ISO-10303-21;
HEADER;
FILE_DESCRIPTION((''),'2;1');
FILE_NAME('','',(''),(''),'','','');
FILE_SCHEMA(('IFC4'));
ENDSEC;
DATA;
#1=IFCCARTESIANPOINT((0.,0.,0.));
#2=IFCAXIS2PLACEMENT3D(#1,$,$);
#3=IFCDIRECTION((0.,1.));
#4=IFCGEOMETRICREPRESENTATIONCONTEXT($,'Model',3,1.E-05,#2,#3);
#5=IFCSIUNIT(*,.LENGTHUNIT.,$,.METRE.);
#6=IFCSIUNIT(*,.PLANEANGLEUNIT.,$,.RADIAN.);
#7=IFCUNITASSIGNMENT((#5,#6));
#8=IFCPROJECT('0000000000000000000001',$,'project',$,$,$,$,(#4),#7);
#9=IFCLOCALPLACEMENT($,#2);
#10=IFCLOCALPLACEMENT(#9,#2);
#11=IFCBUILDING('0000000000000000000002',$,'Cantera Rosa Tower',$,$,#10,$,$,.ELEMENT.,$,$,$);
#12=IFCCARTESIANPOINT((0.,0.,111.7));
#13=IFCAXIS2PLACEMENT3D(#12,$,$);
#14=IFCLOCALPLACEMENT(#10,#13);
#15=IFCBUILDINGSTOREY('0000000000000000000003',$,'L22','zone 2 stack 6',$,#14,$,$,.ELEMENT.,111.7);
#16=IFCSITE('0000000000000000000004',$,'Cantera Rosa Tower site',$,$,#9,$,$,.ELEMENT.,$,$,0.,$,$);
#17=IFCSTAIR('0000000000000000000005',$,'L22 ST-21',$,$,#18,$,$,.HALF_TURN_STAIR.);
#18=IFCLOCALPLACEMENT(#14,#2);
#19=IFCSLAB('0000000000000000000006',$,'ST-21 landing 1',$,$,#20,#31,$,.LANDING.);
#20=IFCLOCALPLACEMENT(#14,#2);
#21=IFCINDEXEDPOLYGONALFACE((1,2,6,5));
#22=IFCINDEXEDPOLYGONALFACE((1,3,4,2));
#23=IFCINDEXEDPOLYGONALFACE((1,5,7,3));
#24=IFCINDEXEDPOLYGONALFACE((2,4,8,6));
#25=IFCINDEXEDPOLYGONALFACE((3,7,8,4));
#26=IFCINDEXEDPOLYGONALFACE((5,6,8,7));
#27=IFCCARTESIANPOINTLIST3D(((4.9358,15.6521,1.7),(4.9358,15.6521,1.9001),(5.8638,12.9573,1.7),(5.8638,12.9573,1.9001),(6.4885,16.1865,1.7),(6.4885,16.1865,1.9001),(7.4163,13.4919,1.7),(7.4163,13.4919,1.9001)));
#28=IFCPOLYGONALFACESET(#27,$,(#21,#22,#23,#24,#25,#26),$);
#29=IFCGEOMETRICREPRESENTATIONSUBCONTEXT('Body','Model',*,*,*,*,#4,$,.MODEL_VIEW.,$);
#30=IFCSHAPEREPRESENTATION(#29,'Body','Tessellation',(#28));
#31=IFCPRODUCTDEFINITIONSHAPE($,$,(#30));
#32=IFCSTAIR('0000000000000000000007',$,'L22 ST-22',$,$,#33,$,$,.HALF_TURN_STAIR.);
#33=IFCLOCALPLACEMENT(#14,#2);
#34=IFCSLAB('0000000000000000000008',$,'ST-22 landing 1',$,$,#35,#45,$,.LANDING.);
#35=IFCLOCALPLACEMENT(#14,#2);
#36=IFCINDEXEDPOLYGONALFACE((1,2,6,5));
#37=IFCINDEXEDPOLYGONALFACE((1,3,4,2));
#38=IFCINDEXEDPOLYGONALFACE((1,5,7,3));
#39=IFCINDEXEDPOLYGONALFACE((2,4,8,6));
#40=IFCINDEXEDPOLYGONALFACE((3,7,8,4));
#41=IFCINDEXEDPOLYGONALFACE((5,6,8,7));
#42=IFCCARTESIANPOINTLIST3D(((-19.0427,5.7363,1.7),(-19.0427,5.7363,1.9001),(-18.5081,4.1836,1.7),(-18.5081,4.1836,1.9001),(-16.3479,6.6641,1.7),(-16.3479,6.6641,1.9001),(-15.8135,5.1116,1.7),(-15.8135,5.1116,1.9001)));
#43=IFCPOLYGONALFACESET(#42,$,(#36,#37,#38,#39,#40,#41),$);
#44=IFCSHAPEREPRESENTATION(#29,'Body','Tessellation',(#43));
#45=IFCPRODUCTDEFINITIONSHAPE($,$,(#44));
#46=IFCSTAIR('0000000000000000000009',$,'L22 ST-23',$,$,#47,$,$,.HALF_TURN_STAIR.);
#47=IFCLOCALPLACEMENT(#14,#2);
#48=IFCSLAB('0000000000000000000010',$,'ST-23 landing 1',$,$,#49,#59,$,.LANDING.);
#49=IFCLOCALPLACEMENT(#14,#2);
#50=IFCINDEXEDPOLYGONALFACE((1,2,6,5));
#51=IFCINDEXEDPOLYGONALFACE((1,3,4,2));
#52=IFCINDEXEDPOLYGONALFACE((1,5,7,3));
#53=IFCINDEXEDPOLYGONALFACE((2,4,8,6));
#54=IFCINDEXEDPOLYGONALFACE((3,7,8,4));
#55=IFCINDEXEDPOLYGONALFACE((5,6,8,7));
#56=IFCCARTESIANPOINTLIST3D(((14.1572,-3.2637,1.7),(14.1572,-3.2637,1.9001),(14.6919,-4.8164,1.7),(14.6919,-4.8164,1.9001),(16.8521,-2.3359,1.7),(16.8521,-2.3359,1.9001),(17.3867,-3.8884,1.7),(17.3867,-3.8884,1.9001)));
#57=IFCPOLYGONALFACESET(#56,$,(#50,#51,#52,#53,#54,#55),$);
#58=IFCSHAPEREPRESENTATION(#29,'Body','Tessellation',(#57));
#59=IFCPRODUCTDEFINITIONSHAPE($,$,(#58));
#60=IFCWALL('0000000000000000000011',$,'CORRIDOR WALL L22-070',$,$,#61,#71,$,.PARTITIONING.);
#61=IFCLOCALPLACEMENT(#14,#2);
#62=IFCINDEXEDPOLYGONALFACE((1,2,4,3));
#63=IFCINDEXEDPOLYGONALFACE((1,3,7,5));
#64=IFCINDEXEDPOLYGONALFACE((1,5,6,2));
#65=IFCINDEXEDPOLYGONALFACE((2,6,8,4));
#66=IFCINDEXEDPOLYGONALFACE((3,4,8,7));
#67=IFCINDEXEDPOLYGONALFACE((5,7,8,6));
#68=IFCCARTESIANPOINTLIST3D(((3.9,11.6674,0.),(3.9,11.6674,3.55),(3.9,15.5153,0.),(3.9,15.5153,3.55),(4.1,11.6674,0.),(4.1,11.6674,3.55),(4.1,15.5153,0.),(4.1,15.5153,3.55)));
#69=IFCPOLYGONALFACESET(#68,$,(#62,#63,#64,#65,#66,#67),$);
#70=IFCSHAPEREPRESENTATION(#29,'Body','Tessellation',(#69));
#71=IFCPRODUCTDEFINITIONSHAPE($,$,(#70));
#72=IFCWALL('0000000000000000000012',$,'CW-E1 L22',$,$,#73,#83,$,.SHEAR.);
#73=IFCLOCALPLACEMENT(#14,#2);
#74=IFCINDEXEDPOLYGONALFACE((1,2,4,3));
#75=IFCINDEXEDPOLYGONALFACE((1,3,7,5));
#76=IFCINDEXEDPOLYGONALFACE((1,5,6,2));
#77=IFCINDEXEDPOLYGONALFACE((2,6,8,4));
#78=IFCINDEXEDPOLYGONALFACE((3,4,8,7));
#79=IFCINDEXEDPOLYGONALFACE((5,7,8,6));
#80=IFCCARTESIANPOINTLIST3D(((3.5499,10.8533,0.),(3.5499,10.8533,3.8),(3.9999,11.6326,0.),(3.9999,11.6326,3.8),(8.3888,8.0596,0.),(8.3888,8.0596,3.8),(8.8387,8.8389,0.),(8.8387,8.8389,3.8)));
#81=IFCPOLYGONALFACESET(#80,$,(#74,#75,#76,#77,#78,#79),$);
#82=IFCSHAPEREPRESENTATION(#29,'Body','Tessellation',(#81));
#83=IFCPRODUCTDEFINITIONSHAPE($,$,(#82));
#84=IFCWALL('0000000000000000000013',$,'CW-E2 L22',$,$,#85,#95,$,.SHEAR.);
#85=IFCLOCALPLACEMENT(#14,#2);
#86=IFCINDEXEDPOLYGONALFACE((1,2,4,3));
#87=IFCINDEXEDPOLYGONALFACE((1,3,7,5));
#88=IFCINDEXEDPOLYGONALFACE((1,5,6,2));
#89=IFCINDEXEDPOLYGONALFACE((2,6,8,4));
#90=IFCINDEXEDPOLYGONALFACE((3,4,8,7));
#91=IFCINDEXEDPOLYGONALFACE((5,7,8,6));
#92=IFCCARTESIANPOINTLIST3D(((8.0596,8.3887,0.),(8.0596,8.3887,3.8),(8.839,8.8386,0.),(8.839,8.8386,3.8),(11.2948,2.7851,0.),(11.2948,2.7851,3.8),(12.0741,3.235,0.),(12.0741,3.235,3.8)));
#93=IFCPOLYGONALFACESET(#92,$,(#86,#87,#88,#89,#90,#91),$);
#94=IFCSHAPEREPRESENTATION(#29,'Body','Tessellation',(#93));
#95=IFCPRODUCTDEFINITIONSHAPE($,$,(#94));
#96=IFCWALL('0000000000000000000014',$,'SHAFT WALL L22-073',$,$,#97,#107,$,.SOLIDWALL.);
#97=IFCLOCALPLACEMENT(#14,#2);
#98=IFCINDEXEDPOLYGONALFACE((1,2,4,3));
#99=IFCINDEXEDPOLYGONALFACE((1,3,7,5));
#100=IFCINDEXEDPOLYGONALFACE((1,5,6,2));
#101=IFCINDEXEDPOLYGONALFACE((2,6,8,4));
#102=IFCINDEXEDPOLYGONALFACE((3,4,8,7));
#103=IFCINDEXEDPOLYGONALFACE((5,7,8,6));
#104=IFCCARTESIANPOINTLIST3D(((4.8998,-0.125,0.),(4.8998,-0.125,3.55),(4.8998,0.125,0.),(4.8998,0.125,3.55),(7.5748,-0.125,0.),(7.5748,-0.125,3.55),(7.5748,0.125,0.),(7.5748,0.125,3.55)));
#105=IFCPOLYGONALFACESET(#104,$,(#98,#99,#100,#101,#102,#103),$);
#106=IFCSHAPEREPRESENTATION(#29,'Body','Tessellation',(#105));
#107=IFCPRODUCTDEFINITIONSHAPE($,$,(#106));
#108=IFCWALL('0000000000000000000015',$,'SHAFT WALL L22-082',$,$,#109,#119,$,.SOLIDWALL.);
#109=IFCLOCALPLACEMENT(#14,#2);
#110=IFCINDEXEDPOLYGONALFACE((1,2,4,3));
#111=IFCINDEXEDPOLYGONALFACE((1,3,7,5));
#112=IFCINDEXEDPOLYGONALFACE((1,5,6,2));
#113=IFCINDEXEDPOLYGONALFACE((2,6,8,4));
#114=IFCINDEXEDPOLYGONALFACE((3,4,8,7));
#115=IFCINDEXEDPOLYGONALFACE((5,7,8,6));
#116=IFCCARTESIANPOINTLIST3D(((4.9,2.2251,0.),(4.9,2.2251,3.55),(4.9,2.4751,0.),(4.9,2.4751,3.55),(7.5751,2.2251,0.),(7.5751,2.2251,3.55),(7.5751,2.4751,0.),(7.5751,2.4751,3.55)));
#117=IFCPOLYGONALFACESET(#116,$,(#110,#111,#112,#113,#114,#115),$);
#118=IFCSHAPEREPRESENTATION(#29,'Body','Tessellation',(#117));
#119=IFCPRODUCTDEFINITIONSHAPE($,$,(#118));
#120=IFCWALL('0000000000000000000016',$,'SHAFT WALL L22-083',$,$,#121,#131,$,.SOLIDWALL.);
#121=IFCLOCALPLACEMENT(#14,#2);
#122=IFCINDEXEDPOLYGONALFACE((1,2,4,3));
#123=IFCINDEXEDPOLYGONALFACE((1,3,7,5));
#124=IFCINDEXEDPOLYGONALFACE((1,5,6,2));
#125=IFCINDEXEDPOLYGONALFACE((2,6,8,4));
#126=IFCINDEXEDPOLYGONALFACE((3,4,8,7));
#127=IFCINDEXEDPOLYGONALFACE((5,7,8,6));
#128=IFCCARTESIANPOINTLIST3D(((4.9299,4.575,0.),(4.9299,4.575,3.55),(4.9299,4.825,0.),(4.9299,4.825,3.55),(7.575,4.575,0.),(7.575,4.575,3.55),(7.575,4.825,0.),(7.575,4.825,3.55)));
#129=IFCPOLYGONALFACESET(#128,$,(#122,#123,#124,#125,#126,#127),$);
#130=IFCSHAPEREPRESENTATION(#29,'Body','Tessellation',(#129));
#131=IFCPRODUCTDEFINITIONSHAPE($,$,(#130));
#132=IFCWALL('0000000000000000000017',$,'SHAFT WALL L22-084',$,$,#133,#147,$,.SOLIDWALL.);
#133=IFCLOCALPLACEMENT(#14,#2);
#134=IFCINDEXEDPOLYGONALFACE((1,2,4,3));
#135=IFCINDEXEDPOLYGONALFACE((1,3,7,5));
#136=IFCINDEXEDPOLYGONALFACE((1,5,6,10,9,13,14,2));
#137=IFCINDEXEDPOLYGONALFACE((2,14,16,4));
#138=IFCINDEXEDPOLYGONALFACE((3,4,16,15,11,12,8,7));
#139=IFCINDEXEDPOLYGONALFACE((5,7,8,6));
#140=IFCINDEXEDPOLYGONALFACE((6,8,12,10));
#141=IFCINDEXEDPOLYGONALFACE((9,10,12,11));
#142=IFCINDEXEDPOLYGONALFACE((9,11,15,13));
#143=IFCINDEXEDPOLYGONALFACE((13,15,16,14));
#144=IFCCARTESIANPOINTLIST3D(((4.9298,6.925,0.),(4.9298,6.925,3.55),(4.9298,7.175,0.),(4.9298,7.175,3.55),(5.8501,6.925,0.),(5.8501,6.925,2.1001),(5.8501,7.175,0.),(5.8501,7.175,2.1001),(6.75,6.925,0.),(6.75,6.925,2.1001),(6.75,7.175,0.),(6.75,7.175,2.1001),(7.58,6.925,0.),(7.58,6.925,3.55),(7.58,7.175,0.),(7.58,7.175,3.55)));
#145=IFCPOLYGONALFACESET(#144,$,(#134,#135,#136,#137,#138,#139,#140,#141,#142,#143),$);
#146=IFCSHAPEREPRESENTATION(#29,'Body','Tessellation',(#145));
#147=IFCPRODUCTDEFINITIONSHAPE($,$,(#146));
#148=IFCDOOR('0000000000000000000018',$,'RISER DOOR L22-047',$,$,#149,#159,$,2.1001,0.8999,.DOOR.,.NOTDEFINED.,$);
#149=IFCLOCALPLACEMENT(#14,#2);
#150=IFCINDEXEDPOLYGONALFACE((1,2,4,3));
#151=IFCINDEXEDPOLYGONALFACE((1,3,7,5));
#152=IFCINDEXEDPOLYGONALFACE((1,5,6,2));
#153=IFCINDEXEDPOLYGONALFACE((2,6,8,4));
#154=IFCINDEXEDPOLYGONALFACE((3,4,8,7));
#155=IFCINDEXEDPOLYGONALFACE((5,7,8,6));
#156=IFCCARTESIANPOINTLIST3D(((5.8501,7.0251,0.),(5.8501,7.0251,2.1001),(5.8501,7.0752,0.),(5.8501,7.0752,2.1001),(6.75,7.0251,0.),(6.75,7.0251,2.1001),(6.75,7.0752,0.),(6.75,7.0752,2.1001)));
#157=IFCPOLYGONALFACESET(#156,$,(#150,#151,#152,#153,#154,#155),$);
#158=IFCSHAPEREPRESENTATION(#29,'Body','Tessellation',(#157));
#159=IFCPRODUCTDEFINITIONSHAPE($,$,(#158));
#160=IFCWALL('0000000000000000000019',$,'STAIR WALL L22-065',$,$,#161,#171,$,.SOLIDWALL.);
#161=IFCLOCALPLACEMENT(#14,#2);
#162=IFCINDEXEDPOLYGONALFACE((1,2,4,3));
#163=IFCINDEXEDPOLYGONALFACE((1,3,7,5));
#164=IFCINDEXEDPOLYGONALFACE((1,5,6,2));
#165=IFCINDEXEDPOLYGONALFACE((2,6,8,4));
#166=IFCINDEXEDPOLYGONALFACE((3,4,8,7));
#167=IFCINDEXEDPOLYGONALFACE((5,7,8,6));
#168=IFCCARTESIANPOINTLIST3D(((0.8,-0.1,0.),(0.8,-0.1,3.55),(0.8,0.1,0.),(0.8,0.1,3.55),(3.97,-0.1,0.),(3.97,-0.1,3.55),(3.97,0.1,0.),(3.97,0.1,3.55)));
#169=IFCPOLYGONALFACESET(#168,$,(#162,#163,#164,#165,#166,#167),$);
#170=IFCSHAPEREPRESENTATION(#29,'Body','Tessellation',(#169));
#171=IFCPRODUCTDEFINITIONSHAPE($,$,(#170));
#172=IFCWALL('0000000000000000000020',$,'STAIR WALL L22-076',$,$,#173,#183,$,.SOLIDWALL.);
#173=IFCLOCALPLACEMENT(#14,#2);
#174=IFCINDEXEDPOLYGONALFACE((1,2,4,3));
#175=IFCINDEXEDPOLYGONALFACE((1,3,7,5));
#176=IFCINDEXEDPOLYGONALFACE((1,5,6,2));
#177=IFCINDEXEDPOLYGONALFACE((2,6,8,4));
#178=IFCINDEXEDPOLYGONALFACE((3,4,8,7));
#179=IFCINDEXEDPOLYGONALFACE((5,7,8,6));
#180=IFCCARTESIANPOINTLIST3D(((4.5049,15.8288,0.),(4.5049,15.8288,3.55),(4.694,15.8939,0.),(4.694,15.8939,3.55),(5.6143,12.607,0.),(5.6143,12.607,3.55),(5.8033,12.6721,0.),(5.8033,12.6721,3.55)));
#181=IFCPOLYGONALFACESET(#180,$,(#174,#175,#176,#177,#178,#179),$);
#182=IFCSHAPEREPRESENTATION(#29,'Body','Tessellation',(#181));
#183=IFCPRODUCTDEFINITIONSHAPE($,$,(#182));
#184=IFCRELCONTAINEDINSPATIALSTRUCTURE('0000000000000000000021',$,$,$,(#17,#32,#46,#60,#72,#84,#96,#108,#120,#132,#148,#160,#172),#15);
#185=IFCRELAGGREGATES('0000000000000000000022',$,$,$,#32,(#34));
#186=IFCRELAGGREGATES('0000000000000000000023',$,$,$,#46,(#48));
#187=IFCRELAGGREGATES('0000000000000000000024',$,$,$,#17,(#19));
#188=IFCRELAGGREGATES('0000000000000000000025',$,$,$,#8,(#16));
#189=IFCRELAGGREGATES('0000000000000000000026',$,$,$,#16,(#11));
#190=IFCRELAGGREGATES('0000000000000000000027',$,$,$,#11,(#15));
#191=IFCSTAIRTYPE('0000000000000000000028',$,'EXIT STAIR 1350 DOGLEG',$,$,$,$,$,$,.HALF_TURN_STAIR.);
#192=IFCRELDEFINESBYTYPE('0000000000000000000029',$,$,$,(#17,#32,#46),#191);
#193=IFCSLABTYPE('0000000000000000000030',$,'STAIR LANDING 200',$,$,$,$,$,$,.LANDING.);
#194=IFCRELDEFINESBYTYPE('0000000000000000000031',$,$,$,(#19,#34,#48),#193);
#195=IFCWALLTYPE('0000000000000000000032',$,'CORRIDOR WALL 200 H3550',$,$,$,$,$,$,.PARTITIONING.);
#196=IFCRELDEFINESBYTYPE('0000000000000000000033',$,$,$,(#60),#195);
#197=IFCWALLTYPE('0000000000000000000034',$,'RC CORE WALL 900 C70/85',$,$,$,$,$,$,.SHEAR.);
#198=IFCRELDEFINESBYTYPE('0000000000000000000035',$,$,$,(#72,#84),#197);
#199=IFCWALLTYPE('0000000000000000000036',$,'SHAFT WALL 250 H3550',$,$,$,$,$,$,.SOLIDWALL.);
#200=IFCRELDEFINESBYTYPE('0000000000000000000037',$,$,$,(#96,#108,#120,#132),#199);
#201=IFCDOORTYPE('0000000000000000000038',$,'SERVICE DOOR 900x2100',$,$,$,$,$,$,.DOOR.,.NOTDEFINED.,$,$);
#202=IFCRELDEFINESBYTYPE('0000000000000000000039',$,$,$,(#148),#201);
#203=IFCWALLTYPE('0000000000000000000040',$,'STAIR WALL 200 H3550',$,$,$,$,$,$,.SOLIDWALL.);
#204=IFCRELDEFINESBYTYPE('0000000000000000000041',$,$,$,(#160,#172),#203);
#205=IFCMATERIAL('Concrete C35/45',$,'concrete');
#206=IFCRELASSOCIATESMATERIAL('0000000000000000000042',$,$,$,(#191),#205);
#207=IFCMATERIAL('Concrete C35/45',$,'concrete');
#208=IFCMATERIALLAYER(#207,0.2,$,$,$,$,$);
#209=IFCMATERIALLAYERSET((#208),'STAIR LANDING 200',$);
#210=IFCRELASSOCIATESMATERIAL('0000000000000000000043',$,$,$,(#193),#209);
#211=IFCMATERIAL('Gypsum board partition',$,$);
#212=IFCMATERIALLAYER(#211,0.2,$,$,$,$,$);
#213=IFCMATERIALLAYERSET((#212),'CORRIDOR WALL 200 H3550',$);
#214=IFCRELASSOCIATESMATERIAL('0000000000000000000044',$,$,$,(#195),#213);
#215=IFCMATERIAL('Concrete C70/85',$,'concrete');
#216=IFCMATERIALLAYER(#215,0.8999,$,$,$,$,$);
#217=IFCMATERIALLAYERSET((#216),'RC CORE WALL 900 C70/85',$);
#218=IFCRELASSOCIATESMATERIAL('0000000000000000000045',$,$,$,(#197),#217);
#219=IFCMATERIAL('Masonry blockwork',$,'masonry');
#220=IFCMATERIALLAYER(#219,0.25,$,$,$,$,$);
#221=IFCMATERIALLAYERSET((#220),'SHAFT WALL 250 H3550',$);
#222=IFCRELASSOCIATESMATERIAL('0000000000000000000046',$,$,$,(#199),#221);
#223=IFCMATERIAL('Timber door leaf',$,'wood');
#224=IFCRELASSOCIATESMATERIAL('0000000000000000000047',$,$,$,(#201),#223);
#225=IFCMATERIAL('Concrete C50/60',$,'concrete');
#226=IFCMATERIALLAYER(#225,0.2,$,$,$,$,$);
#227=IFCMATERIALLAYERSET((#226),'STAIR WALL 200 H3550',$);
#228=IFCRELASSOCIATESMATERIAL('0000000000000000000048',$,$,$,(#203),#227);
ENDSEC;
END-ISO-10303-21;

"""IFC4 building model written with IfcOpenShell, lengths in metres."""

from ifc_helpers import new_model, si_unit, direction, frame, frame_2d, origin, place, context, subcontext, project, spatial, polyline, rectangle, outline, extrude, material, layer, layer_set, type_object, element, fill, aggregate, save


model = new_model("IFC4")

# Units and contexts
model_context = context("Model", 3, precision=1e-05, world=origin(), true_north=direction((0.0, 1.0)))
body_context = subcontext(model_context, "Body", "Model", "MODEL_VIEW")
ifc_project = project(units=[si_unit("LENGTHUNIT", "METRE"), si_unit("PLANEANGLEUNIT", "RADIAN")], contexts=[model_context])

# Site, building, storey
site_placement = place(None, origin())
site = spatial("IfcSite", under=ifc_project, at=site_placement, Name="Cantera Rosa Tower site", CompositionType="ELEMENT", RefElevation=0.0)
building_placement = place(site_placement, origin())
building = spatial("IfcBuilding", under=site, at=building_placement, Name="Cantera Rosa Tower", CompositionType="ELEMENT")
storey_placement = place(building_placement, frame((0.0, 0.0, 111.7)))
storey = spatial("IfcBuildingStorey", under=building, at=storey_placement, Name="L22", Description="zone 2 stack 6", CompositionType="ELEMENT", Elevation=111.7)

# Stairs, slabs
ifc_material_1 = material(Name="Concrete C35/45", Category="concrete")
stair_type = type_object("IfcStairType", Name="EXIT STAIR 1350 DOGLEG", PredefinedType="HALF_TURN_STAIR", material=ifc_material_1)
stair_1_placement = place(storey_placement, origin())
stair_1 = element("IfcStair", 1, at=stair_1_placement, inside=storey, type_object=stair_type, Name="L22 ST-21", PredefinedType="HALF_TURN_STAIR")
ifc_material_2 = material(Name="Concrete C35/45", Category="concrete")
ifc_layer_1 = layer(ifc_material_2, 0.2)
ifc_layer_set_1 = layer_set([ifc_layer_1], Name="STAIR LANDING 200")
slab_type = type_object("IfcSlabType", Name="STAIR LANDING 200", PredefinedType="LANDING", material=ifc_layer_set_1)
slab_1_placement = place(storey_placement, frame((0.0, 0.0, 1.7)))
slab_1 = element("IfcSlab", 2, at=slab_1_placement, type_object=slab_type, Name="ST-21 landing 1", PredefinedType="LANDING", context=body_context, shape_type="SweptSolid", body=[
    extrude(outline(polyline([(6.4885, 16.1865), (4.9358, 15.6521), (5.8638, 12.9573), (7.4163, 13.4919), (6.4885, 16.1865)])), origin(), (0.0, 0.0, 1.0), 0.2002),
])
stair_2_placement = place(storey_placement, origin())
stair_2 = element("IfcStair", 3, at=stair_2_placement, inside=storey, type_object=stair_type, Name="L22 ST-22", PredefinedType="HALF_TURN_STAIR")
slab_2_placement = place(storey_placement, frame((0.0, 0.0, 1.7)))
slab_2 = element("IfcSlab", 4, at=slab_2_placement, type_object=slab_type, Name="ST-22 landing 1", PredefinedType="LANDING", context=body_context, shape_type="SweptSolid", body=[
    extrude(outline(polyline([(-15.8135, 5.1116), (-16.3479, 6.6641), (-19.0427, 5.7363), (-18.5081, 4.1836), (-15.8135, 5.1116)])), origin(), (0.0, 0.0, 1.0), 0.2002),
])
aggregate(stair_2, [slab_2])
stair_3_placement = place(storey_placement, origin())
stair_3 = element("IfcStair", 5, at=stair_3_placement, inside=storey, type_object=stair_type, Name="L22 ST-23", PredefinedType="HALF_TURN_STAIR")
slab_3_placement = place(storey_placement, frame((0.0, 0.0, 1.7)))
slab_3 = element("IfcSlab", 6, at=slab_3_placement, type_object=slab_type, Name="ST-23 landing 1", PredefinedType="LANDING", context=body_context, shape_type="SweptSolid", body=[
    extrude(outline(polyline([(17.3867, -3.8884), (16.8521, -2.3359), (14.1572, -3.2637), (14.6919, -4.8164), (17.3867, -3.8884)])), origin(), (0.0, 0.0, 1.0), 0.2002),
])
aggregate(stair_3, [slab_3])

# Walls
ifc_material_3 = material(Name="Gypsum board partition")
ifc_layer_2 = layer(ifc_material_3, 0.2)
ifc_layer_set_2 = layer_set([ifc_layer_2], Name="CORRIDOR WALL 200 H3550")
wall_type_1 = type_object("IfcWallType", Name="CORRIDOR WALL 200 H3550", PredefinedType="PARTITIONING", material=ifc_layer_set_2)
wall_1_placement = place(storey_placement, frame((4.0, 15.5151, 0.0), z_axis=(0.0, 0.0, 1.0), x_axis=(0.0, -1.0, 0.0)))
element("IfcWall", 7, at=wall_1_placement, inside=storey, type_object=wall_type_1, Name="CORRIDOR WALL L22-070", PredefinedType="PARTITIONING", context=body_context, shape_type="SweptSolid", body=[
    extrude(rectangle(XDim=3.8479, YDim=0.2, at=frame_2d((1.9238, 0.0))), origin(), (0.0, 0.0, 1.0), 3.55),
])
ifc_material_4 = material(Name="Concrete C70/85", Category="concrete")
ifc_layer_3 = layer(ifc_material_4, 0.8999)
ifc_layer_set_3 = layer_set([ifc_layer_3], Name="RC CORE WALL 900 C70/85")
wall_type_2 = type_object("IfcWallType", Name="RC CORE WALL 900 C70/85", PredefinedType="SHEAR", material=ifc_layer_set_3)
wall_2_placement = place(storey_placement, frame((3.7749, 11.2429, 0.0), z_axis=(0.0, 0.0, 1.0), x_axis=(0.866027, -0.499997, 0.0)))
element("IfcWall", 8, at=wall_2_placement, inside=storey, type_object=wall_type_2, Name="CW-E1 L22", PredefinedType="SHEAR", context=body_context, shape_type="SweptSolid", body=[
    extrude(rectangle(XDim=5.5874, YDim=0.8999, at=frame_2d((2.7937, 0.0))), origin(), (0.0, 0.0, 1.0), 3.8),
])
wall_3_placement = place(storey_placement, frame((8.4492, 8.6138, 0.0), z_axis=(0.0, 0.0, 1.0), x_axis=(0.49999, -0.866031, 0.0)))
element("IfcWall", 9, at=wall_3_placement, inside=storey, type_object=wall_type_2, Name="CW-E2 L22", PredefinedType="SHEAR", context=body_context, shape_type="SweptSolid", body=[
    extrude(rectangle(XDim=6.4705, YDim=0.8999, at=frame_2d((3.2354, 0.0))), origin(), (0.0, 0.0, 1.0), 3.8),
])
ifc_material_5 = material(Name="Masonry blockwork", Category="masonry")
ifc_layer_4 = layer(ifc_material_5, 0.25)
ifc_layer_set_4 = layer_set([ifc_layer_4], Name="SHAFT WALL 250 H3550")
wall_type_3 = type_object("IfcWallType", Name="SHAFT WALL 250 H3550", PredefinedType="SOLIDWALL", material=ifc_layer_set_4)
for number, where, z_axis, x_axis, name in (
    (10, (4.8999, 0.0, 0.0), (0.0, 0.0, 1.0), (1.0, 0.0, 0.0), "SHAFT WALL L22-073"),
    (11, (7.575, 2.3501, 0.0), (0.0, 0.0, 1.0), (-1.0, 0.0, 0.0), "SHAFT WALL L22-082"),
):
    element("IfcWall", number, at=place(storey_placement, frame(where, z_axis=z_axis, x_axis=x_axis)), inside=storey, type_object=wall_type_3, Name=name, PredefinedType="SOLIDWALL", context=body_context, shape_type="SweptSolid", body=[
        extrude(rectangle(XDim=2.675, YDim=0.25, at=frame_2d((1.3374, 0.0))), origin(), (0.0, 0.0, 1.0), 3.55),
    ])
wall_4_placement = place(storey_placement, frame((7.575, 4.7, 0.0), z_axis=(0.0, 0.0, 1.0), x_axis=(-1.0, 0.0, 0.0)))
element("IfcWall", 12, at=wall_4_placement, inside=storey, type_object=wall_type_3, Name="SHAFT WALL L22-083", PredefinedType="SOLIDWALL", context=body_context, shape_type="SweptSolid", body=[
    extrude(rectangle(XDim=2.645, YDim=0.25, at=frame_2d((1.3225, 0.0))), origin(), (0.0, 0.0, 1.0), 3.55),
])

# Wall, opening, door
wall_5_placement = place(storey_placement, frame((7.5801, 7.05, 0.0), z_axis=(0.0, 0.0, 1.0), x_axis=(-1.0, 0.0, 0.0)))
wall_5 = element("IfcWall", 13, at=wall_5_placement, inside=storey, type_object=wall_type_3, Name="SHAFT WALL L22-084", PredefinedType="SOLIDWALL", context=body_context, shape_type="SweptSolid", body=[
    extrude(rectangle(XDim=2.6501, YDim=0.25, at=frame_2d((1.3252, 0.0))), origin(), (0.0, 0.0, 1.0), 3.55),
])
opening_placement = place(wall_5_placement, frame((0.8301, 0.0, 0.0)))
opening = element("IfcOpeningElement", 14, at=opening_placement, cuts=wall_5, PredefinedType="OPENING", context=body_context, shape_type="SweptSolid", body=[
    extrude(rectangle(XDim=0.8999, YDim=2.1001, at=frame_2d((0.45, 1.05))), frame((0.0, 0.135, 0.0), z_axis=(0.0, -1.0, 0.0), x_axis=(1.0, 0.0, 0.0)), (0.0, 0.0, 1.0), 0.27),
])
ifc_material_6 = material(Name="Timber door leaf", Category="wood")
door_type = type_object("IfcDoorType", Name="SERVICE DOOR 900x2100", OperationType="NOTDEFINED", PredefinedType="DOOR", material=ifc_material_6)
door_placement = place(opening_placement, origin())
door = element("IfcDoor", 15, at=door_placement, inside=storey, type_object=door_type, Name="RISER DOOR L22-047", OperationType="NOTDEFINED", OverallHeight=2.1001, OverallWidth=0.8999, PredefinedType="DOOR", context=body_context, shape_type="SweptSolid", body=[
    extrude(rectangle(XDim=0.8999, YDim=2.1001, at=frame_2d((0.45, 1.05))), frame((0.0, 0.0249, 0.0), z_axis=(0.0, -1.0, 0.0), x_axis=(1.0, 0.0, 0.0)), (0.0, 0.0, 1.0), 0.05),
])
fill(opening, door)

# Walls
ifc_material_7 = material(Name="Concrete C50/60", Category="concrete")
ifc_layer_5 = layer(ifc_material_7, 0.2)
ifc_layer_set_5 = layer_set([ifc_layer_5], Name="STAIR WALL 200 H3550")
wall_type_4 = type_object("IfcWallType", Name="STAIR WALL 200 H3550", PredefinedType="SOLIDWALL", material=ifc_layer_set_5)
wall_6_placement = place(storey_placement, frame((0.8, 0.0, 0.0), z_axis=(0.0, 0.0, 1.0), x_axis=(1.0, 0.0, 0.0)))
element("IfcWall", 16, at=wall_6_placement, inside=storey, type_object=wall_type_4, Name="STAIR WALL L22-065", PredefinedType="SOLIDWALL", context=body_context, shape_type="SweptSolid", body=[
    extrude(rectangle(XDim=3.1699, YDim=0.2, at=frame_2d((1.585, 0.0))), origin(), (0.0, 0.0, 1.0), 3.55),
])
wall_7_placement = place(storey_placement, frame((5.7087, 12.6396, 0.0), z_axis=(0.0, 0.0, 1.0), x_axis=(-0.325562, 0.945521, 0.0)))
element("IfcWall", 17, at=wall_7_placement, inside=storey, type_object=wall_type_4, Name="STAIR WALL L22-076", PredefinedType="SOLIDWALL", context=body_context, shape_type="SweptSolid", body=[
    extrude(rectangle(XDim=3.4075, YDim=0.2, at=frame_2d((1.7036, 0.0))), origin(), (0.0, 0.0, 1.0), 3.55),
])

aggregate(stair_1, [slab_1])

save(model, "model.ifc")
